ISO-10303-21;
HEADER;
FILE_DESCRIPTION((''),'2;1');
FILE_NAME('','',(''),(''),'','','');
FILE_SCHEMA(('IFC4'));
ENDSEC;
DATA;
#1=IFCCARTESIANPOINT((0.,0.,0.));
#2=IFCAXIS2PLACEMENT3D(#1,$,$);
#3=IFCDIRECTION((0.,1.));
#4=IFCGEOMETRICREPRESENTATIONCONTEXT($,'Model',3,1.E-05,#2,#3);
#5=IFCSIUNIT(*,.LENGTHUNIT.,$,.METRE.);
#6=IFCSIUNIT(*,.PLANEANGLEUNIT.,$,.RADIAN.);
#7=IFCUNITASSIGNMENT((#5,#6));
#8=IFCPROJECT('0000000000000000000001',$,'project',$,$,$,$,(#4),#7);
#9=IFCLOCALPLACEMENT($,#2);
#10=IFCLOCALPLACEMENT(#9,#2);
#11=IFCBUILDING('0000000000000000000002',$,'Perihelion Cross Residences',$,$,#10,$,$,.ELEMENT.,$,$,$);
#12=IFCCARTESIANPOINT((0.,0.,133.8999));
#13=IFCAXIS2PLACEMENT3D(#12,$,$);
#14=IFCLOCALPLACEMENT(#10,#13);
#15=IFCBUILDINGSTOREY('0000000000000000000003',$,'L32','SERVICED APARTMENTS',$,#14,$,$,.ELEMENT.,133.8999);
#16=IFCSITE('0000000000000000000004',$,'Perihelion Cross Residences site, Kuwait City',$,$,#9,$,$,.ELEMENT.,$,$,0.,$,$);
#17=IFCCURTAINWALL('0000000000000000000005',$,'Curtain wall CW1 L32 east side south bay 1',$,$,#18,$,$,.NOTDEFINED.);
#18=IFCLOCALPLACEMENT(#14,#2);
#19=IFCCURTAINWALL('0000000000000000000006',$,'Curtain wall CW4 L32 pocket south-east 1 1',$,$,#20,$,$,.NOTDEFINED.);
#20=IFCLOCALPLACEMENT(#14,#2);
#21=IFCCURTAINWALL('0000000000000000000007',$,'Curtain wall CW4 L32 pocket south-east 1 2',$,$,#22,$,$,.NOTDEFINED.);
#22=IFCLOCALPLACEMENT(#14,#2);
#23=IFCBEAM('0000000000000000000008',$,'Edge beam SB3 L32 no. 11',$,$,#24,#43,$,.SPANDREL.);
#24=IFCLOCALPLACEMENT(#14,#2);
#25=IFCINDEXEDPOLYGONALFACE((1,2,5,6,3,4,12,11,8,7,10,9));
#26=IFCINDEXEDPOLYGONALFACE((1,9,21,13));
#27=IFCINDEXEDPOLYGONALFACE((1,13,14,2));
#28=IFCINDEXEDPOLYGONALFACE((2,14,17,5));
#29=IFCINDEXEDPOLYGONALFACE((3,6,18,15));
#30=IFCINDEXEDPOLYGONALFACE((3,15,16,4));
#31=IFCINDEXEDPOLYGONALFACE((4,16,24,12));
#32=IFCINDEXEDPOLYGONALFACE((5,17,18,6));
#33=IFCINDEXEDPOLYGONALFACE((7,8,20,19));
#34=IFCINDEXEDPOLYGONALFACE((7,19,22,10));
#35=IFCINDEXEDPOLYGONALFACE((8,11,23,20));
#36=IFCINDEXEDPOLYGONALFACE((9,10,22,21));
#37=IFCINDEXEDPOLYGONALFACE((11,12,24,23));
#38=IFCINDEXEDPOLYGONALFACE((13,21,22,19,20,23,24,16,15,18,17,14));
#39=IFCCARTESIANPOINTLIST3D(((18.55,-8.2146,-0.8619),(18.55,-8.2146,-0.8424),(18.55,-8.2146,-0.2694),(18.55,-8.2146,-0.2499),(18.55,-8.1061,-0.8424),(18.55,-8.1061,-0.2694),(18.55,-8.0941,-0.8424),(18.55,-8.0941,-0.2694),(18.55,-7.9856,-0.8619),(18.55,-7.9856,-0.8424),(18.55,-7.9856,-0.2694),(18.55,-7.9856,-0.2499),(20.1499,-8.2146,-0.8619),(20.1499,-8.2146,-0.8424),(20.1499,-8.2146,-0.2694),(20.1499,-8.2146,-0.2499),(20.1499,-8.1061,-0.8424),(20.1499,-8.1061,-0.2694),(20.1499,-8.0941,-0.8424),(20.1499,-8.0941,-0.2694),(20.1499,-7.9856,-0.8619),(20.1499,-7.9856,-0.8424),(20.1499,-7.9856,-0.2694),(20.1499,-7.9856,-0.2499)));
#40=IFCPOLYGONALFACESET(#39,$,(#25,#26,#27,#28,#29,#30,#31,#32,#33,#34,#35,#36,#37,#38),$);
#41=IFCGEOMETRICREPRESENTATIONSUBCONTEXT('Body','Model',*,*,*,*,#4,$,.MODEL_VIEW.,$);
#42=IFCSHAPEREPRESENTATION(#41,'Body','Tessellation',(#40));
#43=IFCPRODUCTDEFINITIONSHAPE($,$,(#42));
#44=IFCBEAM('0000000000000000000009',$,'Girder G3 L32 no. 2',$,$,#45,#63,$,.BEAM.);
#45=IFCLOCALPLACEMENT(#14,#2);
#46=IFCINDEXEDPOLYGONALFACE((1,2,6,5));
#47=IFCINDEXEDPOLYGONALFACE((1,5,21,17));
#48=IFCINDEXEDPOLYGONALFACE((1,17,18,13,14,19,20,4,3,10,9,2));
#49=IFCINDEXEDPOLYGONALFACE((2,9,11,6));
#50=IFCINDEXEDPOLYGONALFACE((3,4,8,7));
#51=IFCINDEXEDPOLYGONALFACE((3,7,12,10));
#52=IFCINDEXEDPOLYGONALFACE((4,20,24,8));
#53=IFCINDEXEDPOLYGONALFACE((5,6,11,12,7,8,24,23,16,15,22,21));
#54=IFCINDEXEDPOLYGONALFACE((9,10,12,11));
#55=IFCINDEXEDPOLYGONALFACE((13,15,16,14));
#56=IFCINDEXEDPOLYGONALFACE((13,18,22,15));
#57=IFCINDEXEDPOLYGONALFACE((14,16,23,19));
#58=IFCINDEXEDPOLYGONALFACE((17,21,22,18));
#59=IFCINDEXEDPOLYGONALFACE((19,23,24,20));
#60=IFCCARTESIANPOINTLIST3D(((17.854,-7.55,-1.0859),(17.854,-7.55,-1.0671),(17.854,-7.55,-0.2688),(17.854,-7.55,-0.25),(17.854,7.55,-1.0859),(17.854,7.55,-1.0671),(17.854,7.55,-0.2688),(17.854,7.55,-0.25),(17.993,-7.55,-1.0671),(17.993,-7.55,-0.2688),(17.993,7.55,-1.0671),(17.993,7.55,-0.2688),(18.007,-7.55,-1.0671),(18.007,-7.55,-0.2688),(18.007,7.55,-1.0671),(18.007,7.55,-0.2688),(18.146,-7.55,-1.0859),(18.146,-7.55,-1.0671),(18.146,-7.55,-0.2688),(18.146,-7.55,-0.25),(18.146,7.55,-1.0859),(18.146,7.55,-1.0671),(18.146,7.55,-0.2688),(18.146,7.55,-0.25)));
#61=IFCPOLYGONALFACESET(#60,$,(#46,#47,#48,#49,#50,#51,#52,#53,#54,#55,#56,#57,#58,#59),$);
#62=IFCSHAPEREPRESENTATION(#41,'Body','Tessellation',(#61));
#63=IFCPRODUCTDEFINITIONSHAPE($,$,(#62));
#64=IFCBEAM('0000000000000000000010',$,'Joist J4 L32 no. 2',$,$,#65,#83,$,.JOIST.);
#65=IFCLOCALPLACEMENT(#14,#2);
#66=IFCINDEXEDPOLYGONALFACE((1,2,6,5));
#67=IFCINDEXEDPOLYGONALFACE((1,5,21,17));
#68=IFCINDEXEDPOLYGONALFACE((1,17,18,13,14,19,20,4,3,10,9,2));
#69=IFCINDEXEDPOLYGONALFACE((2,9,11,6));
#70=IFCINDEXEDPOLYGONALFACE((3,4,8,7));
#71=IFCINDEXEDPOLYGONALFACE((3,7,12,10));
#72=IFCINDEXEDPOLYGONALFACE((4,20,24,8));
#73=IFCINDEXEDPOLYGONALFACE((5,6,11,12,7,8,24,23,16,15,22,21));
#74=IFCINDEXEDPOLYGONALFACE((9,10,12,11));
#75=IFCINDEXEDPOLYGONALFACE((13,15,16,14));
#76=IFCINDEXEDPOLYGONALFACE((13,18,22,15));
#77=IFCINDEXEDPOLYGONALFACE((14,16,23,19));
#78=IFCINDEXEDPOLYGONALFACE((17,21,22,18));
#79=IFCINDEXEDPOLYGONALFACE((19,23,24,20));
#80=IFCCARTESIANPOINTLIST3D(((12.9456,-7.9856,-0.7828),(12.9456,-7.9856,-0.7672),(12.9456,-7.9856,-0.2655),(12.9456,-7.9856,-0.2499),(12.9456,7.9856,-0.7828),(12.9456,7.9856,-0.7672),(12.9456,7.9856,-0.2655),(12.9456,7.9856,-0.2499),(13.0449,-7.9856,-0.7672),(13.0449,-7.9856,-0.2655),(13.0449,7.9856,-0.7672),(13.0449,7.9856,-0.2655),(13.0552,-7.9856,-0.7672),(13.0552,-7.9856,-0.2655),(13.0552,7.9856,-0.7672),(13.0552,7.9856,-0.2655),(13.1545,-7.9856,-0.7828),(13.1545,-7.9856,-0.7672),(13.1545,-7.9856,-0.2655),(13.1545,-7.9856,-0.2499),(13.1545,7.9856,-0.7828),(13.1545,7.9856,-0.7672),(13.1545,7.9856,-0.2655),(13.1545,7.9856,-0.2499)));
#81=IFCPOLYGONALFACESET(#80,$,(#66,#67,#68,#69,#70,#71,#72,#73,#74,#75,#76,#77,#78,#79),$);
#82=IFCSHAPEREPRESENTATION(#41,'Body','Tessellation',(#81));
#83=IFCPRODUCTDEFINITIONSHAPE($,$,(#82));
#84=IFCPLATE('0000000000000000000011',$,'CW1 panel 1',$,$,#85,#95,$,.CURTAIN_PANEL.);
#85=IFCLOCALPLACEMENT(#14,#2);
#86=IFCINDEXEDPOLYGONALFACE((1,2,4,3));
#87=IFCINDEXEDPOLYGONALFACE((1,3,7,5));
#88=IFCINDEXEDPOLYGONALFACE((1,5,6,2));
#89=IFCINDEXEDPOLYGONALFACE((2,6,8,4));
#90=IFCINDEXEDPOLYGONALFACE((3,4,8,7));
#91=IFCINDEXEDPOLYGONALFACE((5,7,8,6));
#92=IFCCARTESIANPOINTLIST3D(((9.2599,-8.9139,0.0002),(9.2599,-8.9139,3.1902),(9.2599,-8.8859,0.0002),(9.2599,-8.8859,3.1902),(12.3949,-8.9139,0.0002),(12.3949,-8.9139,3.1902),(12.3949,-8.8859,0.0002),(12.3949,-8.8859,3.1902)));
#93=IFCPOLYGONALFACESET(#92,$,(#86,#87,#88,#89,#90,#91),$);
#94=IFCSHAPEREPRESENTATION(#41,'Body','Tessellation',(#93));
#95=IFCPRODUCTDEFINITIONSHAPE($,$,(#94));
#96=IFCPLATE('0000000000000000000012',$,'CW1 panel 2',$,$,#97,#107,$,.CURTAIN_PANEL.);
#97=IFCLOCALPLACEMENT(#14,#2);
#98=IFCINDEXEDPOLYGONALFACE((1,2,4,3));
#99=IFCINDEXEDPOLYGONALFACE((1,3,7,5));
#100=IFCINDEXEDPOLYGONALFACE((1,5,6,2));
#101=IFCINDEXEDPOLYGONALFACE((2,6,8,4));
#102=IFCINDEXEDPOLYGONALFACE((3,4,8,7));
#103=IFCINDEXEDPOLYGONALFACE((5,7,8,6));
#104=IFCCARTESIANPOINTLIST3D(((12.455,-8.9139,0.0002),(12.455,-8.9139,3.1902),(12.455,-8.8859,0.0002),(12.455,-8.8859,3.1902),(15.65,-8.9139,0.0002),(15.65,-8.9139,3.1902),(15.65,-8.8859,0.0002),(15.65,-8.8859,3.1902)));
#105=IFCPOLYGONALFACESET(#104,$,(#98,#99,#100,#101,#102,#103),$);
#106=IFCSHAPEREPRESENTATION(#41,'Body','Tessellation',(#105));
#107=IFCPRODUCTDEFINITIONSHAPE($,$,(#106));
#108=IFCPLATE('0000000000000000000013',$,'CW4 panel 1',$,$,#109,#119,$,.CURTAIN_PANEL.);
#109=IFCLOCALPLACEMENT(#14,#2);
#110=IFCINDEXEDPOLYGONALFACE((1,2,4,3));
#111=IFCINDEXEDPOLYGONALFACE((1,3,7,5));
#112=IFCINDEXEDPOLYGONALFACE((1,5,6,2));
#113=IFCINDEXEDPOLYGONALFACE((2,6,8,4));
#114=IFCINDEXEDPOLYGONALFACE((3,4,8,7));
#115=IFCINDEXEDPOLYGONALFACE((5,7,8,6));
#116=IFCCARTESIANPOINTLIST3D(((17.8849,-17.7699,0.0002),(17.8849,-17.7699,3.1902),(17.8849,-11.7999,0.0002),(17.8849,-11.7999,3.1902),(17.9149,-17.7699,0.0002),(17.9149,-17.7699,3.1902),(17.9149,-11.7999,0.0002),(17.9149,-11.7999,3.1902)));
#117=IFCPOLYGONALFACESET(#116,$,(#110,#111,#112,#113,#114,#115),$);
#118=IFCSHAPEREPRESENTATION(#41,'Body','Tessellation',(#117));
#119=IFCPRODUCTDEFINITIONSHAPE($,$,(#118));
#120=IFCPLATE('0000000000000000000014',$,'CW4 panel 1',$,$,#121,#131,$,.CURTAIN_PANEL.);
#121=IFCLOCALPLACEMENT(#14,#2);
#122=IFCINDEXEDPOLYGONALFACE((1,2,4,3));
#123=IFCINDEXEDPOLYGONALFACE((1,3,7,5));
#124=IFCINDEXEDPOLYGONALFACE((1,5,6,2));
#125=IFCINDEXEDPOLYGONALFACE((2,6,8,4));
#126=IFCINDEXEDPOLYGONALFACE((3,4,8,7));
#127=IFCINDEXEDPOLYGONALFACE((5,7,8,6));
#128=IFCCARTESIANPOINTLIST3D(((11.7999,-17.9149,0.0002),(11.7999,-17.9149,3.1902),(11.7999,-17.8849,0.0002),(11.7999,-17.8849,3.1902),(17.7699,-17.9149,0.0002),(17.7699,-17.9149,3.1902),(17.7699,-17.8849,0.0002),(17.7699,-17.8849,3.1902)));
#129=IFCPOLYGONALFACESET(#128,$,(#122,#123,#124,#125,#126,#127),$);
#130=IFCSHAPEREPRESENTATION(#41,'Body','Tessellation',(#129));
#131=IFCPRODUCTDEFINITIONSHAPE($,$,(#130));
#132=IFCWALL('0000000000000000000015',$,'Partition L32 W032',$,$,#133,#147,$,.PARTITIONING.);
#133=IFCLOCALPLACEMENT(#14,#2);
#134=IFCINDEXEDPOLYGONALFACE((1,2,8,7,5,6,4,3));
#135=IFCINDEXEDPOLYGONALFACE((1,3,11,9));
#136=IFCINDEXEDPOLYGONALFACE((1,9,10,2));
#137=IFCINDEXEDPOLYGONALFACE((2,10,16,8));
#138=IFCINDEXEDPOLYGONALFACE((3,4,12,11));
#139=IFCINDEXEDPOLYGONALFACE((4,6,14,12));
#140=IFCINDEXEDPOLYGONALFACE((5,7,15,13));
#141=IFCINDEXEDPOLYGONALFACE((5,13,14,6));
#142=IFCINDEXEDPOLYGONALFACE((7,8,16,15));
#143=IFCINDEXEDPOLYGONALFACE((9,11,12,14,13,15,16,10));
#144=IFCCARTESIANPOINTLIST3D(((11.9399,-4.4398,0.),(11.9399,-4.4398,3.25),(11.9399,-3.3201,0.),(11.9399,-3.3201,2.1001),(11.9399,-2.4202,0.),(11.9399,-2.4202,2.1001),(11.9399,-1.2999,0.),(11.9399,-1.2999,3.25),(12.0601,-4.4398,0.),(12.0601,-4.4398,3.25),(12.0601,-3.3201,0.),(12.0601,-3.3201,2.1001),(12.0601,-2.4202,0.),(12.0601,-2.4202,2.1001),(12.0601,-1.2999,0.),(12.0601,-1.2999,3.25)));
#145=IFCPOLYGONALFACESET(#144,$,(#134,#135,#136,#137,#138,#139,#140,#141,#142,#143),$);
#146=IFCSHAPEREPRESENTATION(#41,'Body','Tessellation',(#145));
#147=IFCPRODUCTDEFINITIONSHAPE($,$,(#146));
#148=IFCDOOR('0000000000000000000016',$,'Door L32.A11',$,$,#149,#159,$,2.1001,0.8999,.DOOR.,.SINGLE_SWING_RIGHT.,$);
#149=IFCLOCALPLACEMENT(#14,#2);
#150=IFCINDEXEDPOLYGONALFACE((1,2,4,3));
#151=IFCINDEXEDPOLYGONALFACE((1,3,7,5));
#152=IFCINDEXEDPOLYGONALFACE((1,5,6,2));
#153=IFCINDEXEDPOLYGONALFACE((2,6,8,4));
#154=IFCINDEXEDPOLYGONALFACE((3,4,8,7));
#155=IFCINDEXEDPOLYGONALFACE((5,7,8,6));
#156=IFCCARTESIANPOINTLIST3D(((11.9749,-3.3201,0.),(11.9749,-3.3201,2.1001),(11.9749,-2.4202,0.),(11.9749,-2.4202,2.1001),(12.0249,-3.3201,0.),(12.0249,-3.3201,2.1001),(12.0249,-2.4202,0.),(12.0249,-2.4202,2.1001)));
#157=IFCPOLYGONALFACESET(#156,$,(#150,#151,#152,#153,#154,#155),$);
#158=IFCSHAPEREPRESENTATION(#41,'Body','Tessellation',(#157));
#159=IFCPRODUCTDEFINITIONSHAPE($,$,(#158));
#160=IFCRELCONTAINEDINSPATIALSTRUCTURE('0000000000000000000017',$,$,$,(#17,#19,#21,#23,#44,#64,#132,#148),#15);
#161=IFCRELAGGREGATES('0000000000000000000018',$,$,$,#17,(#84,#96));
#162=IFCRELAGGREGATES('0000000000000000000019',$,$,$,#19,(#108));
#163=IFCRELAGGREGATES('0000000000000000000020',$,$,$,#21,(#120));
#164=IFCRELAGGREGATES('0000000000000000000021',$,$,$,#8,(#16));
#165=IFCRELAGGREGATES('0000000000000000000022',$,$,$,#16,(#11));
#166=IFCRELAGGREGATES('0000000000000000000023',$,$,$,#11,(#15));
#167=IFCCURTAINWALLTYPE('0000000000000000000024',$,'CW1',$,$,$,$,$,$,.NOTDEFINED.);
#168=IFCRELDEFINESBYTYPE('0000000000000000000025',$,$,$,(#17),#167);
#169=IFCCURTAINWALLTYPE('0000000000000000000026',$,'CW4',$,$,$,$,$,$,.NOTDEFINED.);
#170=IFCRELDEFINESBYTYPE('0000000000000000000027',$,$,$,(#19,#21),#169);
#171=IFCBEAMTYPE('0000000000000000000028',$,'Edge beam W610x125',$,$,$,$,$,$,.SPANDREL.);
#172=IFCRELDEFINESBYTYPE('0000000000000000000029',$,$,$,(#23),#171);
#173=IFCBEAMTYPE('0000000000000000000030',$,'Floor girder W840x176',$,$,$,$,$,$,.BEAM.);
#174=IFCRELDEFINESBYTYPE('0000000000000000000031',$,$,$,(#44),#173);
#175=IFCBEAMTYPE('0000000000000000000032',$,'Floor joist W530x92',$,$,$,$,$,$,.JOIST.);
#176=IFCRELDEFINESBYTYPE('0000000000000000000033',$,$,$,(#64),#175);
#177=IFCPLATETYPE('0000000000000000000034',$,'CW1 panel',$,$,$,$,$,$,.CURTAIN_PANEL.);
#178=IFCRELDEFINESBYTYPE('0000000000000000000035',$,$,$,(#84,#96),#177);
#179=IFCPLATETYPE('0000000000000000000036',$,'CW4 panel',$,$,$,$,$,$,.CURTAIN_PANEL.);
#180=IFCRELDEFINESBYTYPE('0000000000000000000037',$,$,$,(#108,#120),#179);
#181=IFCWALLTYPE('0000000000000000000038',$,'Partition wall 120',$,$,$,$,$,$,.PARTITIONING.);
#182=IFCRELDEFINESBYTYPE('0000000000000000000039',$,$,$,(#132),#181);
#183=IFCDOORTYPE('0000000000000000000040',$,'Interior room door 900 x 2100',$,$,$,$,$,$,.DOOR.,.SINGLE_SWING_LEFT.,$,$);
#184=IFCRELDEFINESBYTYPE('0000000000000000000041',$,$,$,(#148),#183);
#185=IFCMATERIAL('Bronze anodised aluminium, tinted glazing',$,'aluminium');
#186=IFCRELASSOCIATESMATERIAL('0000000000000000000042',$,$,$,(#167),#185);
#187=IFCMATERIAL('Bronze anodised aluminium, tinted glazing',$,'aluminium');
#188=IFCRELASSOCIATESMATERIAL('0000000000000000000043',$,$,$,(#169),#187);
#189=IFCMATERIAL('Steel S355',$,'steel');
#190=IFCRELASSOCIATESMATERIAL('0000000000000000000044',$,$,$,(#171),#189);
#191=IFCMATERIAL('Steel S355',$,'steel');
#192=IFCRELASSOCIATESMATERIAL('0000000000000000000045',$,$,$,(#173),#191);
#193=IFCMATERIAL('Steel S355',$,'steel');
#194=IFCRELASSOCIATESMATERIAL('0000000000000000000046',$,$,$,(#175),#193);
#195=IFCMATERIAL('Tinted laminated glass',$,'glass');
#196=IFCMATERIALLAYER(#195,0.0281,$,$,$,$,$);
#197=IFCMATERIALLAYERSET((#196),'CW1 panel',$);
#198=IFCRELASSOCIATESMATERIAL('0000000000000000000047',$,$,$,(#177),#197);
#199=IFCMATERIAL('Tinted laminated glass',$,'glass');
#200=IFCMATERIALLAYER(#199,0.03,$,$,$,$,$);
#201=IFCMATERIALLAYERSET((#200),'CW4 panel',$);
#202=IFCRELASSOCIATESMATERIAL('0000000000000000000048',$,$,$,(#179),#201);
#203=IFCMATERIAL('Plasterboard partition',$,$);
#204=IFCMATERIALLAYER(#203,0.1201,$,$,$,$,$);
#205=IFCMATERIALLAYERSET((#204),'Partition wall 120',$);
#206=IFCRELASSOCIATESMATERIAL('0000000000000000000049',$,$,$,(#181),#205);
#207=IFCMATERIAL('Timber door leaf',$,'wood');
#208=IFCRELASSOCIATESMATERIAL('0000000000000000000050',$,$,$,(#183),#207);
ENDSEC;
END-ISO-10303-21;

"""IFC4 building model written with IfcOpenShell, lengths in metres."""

from ifc_helpers import new_model, si_unit, direction, frame, frame_2d, origin, origin_2d, place, context, subcontext, project, spatial, rectangle, i_section, extrude, material, layer, layer_set, material_profile, profile_set, type_object, element, fill, aggregate, save


model = new_model("IFC4")

# Units and contexts
model_context = context("Model", 3, precision=1e-05, world=origin(), true_north=direction((0.0, 1.0)))
body_context = subcontext(model_context, "Body", "Model", "MODEL_VIEW")
ifc_project = project(units=[si_unit("LENGTHUNIT", "METRE"), si_unit("PLANEANGLEUNIT", "RADIAN")], contexts=[model_context])

# Site, building, storey
site_placement = place(None, origin())
site = spatial("IfcSite", under=ifc_project, at=site_placement, Name="Perihelion Cross Residences site, Kuwait City", CompositionType="ELEMENT", RefElevation=0.0)
building_placement = place(site_placement, origin())
building = spatial("IfcBuilding", under=site, at=building_placement, Name="Perihelion Cross Residences", CompositionType="ELEMENT")
storey_placement = place(building_placement, frame((0.0, 0.0, 133.8999)))
storey = spatial("IfcBuildingStorey", under=building, at=storey_placement, Name="L32", Description="SERVICED APARTMENTS", CompositionType="ELEMENT", Elevation=133.8999)

# Curtain wall
ifc_material_1 = material(Name="Bronze anodised aluminium, tinted glazing", Category="aluminium")
curtain_wall_type_1 = type_object("IfcCurtainWallType", Name="CW1", PredefinedType="NOTDEFINED", material=ifc_material_1)
curtain_wall_1_placement = place(storey_placement, origin())
curtain_wall_1 = element("IfcCurtainWall", 1, at=curtain_wall_1_placement, inside=storey, type_object=curtain_wall_type_1, Name="Curtain wall CW1 L32 east side south bay 1", PredefinedType="NOTDEFINED")

# Curtain walls
ifc_material_2 = material(Name="Bronze anodised aluminium, tinted glazing", Category="aluminium")
curtain_wall_type_2 = type_object("IfcCurtainWallType", Name="CW4", PredefinedType="NOTDEFINED", material=ifc_material_2)
curtain_wall_2_placement = place(storey_placement, origin())
curtain_wall_2 = element("IfcCurtainWall", 2, at=curtain_wall_2_placement, inside=storey, type_object=curtain_wall_type_2, Name="Curtain wall CW4 L32 pocket south-east 1 1", PredefinedType="NOTDEFINED")
curtain_wall_3_placement = place(storey_placement, origin())
curtain_wall_3 = element("IfcCurtainWall", 3, at=curtain_wall_3_placement, inside=storey, type_object=curtain_wall_type_2, Name="Curtain wall CW4 L32 pocket south-east 1 2", PredefinedType="NOTDEFINED")

# Beams
ifc_material_3 = material(Name="Steel S355", Category="steel")
ifc_material_profile_1 = material_profile(ifc_material_3, i_section(OverallWidth=0.229, OverallDepth=0.6121, WebThickness=0.012, FlangeThickness=0.0195, at=origin_2d()), Name="W610x125")
ifc_profile_set_1 = profile_set([ifc_material_profile_1], Name="Steel S355")
beam_type_1 = type_object("IfcBeamType", Name="Edge beam W610x125", PredefinedType="SPANDREL", material=ifc_profile_set_1)
beam_1_placement = place(storey_placement, frame((18.55, -8.1001, -0.5559), z_axis=(1.0, 0.0, 0.0), x_axis=(0.0, 1.0, 0.0)))
element("IfcBeam", 4, at=beam_1_placement, inside=storey, type_object=beam_type_1, Name="Edge beam SB3 L32 no. 11", PredefinedType="SPANDREL", context=body_context, shape_type="SweptSolid", body=[
    extrude(i_section(OverallWidth=0.229, OverallDepth=0.6121, WebThickness=0.012, FlangeThickness=0.0195, at=origin_2d()), origin(), (0.0, 0.0, 1.0), 1.5999),
])
ifc_material_4 = material(Name="Steel S355", Category="steel")
ifc_material_profile_2 = material_profile(ifc_material_4, i_section(OverallWidth=0.292, OverallDepth=0.8359, WebThickness=0.0139, FlangeThickness=0.0188, at=origin_2d()), Name="W840x176")
ifc_profile_set_2 = profile_set([ifc_material_profile_2], Name="Steel S355")
beam_type_2 = type_object("IfcBeamType", Name="Floor girder W840x176", PredefinedType="BEAM", material=ifc_profile_set_2)
beam_2_placement = place(storey_placement, frame((18.0, -7.55, -0.668), z_axis=(0.0, 1.0, 0.0), x_axis=(-1.0, 0.0, 0.0)))
element("IfcBeam", 5, at=beam_2_placement, inside=storey, type_object=beam_type_2, Name="Girder G3 L32 no. 2", PredefinedType="BEAM", context=body_context, shape_type="SweptSolid", body=[
    extrude(i_section(OverallWidth=0.292, OverallDepth=0.8359, WebThickness=0.0139, FlangeThickness=0.0188, at=origin_2d()), origin(), (0.0, 0.0, 1.0), 15.1001),
])
ifc_material_5 = material(Name="Steel S355", Category="steel")
ifc_material_profile_3 = material_profile(ifc_material_5, i_section(OverallWidth=0.209, OverallDepth=0.533, WebThickness=0.0103, FlangeThickness=0.0156, at=origin_2d()), Name="W530x92")
ifc_profile_set_3 = profile_set([ifc_material_profile_3], Name="Steel S355")
beam_type_3 = type_object("IfcBeamType", Name="Floor joist W530x92", PredefinedType="JOIST", material=ifc_profile_set_3)
beam_3_placement = place(storey_placement, frame((13.05, -7.9856, -0.5164), z_axis=(0.0, 1.0, 0.0), x_axis=(-1.0, 0.0, 0.0)))
element("IfcBeam", 6, at=beam_3_placement, inside=storey, type_object=beam_type_3, Name="Joist J4 L32 no. 2", PredefinedType="JOIST", context=body_context, shape_type="SweptSolid", body=[
    extrude(i_section(OverallWidth=0.209, OverallDepth=0.533, WebThickness=0.0103, FlangeThickness=0.0156, at=origin_2d()), origin(), (0.0, 0.0, 1.0), 15.9712),
])

# Plates
ifc_material_6 = material(Name="Tinted laminated glass", Category="glass")
ifc_layer_1 = layer(ifc_material_6, 0.0281)
ifc_layer_set_1 = layer_set([ifc_layer_1], Name="CW1 panel")
plate_type_1 = type_object("IfcPlateType", Name="CW1 panel", PredefinedType="CURTAIN_PANEL", material=ifc_layer_set_1)
plate_1_placement = place(storey_placement, frame((10.8274, -8.8999, 0.0002), z_axis=(0.0, 0.0, 1.0), x_axis=(1.0, 0.0, 0.0)))
plate_1 = element("IfcPlate", 7, at=plate_1_placement, type_object=plate_type_1, Name="CW1 panel 1", PredefinedType="CURTAIN_PANEL", context=body_context, shape_type="SweptSolid", body=[
    extrude(rectangle(XDim=3.135, YDim=0.0281, at=origin_2d()), origin(), (0.0, 0.0, 1.0), 3.1899),
])
plate_2_placement = place(storey_placement, frame((14.0525, -8.8999, 0.0002), z_axis=(0.0, 0.0, 1.0), x_axis=(1.0, 0.0, 0.0)))
plate_2 = element("IfcPlate", 8, at=plate_2_placement, type_object=plate_type_1, Name="CW1 panel 2", PredefinedType="CURTAIN_PANEL", context=body_context, shape_type="SweptSolid", body=[
    extrude(rectangle(XDim=3.1951, YDim=0.0281, at=origin_2d()), origin(), (0.0, 0.0, 1.0), 3.1899),
])
aggregate(curtain_wall_1, [plate_1, plate_2])
ifc_material_7 = material(Name="Tinted laminated glass", Category="glass")
ifc_layer_2 = layer(ifc_material_7, 0.03)
ifc_layer_set_2 = layer_set([ifc_layer_2], Name="CW4 panel")
plate_type_2 = type_object("IfcPlateType", Name="CW4 panel", PredefinedType="CURTAIN_PANEL", material=ifc_layer_set_2)
plate_3_placement = place(storey_placement, frame((17.8999, -14.7849, 0.0002), z_axis=(0.0, 0.0, 1.0), x_axis=(0.0, -1.0, 0.0)))
plate_3 = element("IfcPlate", 9, at=plate_3_placement, type_object=plate_type_2, Name="CW4 panel 1", PredefinedType="CURTAIN_PANEL", context=body_context, shape_type="SweptSolid", body=[
    extrude(rectangle(XDim=5.97, YDim=0.03, at=origin_2d()), origin(), (0.0, 0.0, 1.0), 3.1899),
])
aggregate(curtain_wall_2, [plate_3])
plate_4_placement = place(storey_placement, frame((14.7849, -17.8999, 0.0002), z_axis=(0.0, 0.0, 1.0), x_axis=(-1.0, 0.0, 0.0)))
plate_4 = element("IfcPlate", 10, at=plate_4_placement, type_object=plate_type_2, Name="CW4 panel 1", PredefinedType="CURTAIN_PANEL", context=body_context, shape_type="SweptSolid", body=[
    extrude(rectangle(XDim=5.97, YDim=0.03, at=origin_2d()), origin(), (0.0, 0.0, 1.0), 3.1899),
])
aggregate(curtain_wall_3, [plate_4])

# Wall, opening, door
ifc_material_8 = material(Name="Plasterboard partition")
ifc_layer_3 = layer(ifc_material_8, 0.1201)
ifc_layer_set_3 = layer_set([ifc_layer_3], Name="Partition wall 120")
wall_type_1 = type_object("IfcWallType", Name="Partition wall 120", PredefinedType="PARTITIONING", material=ifc_layer_set_3)
wall_1_placement = place(storey_placement, frame((12.0, -1.3, 0.0), z_axis=(0.0, 0.0, 1.0), x_axis=(0.0, -1.0, 0.0)))
wall_1 = element("IfcWall", 11, at=wall_1_placement, inside=storey, type_object=wall_type_1, Name="Partition L32 W032", PredefinedType="PARTITIONING", context=body_context, shape_type="SweptSolid", body=[
    extrude(rectangle(XDim=3.1399, YDim=0.1201, at=frame_2d((1.5698, 0.0))), origin(), (0.0, 0.0, 1.0), 3.25),
])
opening_1_placement = place(wall_1_placement, frame((1.1201, 0.0, 0.0)))
opening_1 = element("IfcOpeningElement", 12, at=opening_1_placement, cuts=wall_1, PredefinedType="OPENING", context=body_context, shape_type="SweptSolid", body=[
    extrude(rectangle(XDim=0.8999, YDim=2.1001, at=frame_2d((0.45, 1.05))), frame((0.0, 0.0701, 0.0), z_axis=(0.0, -1.0, 0.0), x_axis=(1.0, 0.0, 0.0)), (0.0, 0.0, 1.0), 0.1401),
])
ifc_material_9 = material(Name="Timber door leaf", Category="wood")
door_type_1 = type_object("IfcDoorType", Name="Interior room door 900 x 2100", OperationType="SINGLE_SWING_LEFT", PredefinedType="DOOR", material=ifc_material_9)
door_1_placement = place(opening_1_placement, origin())
door_1 = element("IfcDoor", 13, at=door_1_placement, inside=storey, type_object=door_type_1, Name="Door L32.A11", OperationType="SINGLE_SWING_RIGHT", OverallHeight=2.1001, OverallWidth=0.8999, PredefinedType="DOOR", context=body_context, shape_type="SweptSolid", body=[
    extrude(rectangle(XDim=0.8999, YDim=2.1001, at=frame_2d((0.45, 1.05))), frame((0.0, 0.0249, 0.0), z_axis=(0.0, -1.0, 0.0), x_axis=(1.0, 0.0, 0.0)), (0.0, 0.0, 1.0), 0.05),
])
fill(opening_1, door_1)

save(model, "model.ifc")
